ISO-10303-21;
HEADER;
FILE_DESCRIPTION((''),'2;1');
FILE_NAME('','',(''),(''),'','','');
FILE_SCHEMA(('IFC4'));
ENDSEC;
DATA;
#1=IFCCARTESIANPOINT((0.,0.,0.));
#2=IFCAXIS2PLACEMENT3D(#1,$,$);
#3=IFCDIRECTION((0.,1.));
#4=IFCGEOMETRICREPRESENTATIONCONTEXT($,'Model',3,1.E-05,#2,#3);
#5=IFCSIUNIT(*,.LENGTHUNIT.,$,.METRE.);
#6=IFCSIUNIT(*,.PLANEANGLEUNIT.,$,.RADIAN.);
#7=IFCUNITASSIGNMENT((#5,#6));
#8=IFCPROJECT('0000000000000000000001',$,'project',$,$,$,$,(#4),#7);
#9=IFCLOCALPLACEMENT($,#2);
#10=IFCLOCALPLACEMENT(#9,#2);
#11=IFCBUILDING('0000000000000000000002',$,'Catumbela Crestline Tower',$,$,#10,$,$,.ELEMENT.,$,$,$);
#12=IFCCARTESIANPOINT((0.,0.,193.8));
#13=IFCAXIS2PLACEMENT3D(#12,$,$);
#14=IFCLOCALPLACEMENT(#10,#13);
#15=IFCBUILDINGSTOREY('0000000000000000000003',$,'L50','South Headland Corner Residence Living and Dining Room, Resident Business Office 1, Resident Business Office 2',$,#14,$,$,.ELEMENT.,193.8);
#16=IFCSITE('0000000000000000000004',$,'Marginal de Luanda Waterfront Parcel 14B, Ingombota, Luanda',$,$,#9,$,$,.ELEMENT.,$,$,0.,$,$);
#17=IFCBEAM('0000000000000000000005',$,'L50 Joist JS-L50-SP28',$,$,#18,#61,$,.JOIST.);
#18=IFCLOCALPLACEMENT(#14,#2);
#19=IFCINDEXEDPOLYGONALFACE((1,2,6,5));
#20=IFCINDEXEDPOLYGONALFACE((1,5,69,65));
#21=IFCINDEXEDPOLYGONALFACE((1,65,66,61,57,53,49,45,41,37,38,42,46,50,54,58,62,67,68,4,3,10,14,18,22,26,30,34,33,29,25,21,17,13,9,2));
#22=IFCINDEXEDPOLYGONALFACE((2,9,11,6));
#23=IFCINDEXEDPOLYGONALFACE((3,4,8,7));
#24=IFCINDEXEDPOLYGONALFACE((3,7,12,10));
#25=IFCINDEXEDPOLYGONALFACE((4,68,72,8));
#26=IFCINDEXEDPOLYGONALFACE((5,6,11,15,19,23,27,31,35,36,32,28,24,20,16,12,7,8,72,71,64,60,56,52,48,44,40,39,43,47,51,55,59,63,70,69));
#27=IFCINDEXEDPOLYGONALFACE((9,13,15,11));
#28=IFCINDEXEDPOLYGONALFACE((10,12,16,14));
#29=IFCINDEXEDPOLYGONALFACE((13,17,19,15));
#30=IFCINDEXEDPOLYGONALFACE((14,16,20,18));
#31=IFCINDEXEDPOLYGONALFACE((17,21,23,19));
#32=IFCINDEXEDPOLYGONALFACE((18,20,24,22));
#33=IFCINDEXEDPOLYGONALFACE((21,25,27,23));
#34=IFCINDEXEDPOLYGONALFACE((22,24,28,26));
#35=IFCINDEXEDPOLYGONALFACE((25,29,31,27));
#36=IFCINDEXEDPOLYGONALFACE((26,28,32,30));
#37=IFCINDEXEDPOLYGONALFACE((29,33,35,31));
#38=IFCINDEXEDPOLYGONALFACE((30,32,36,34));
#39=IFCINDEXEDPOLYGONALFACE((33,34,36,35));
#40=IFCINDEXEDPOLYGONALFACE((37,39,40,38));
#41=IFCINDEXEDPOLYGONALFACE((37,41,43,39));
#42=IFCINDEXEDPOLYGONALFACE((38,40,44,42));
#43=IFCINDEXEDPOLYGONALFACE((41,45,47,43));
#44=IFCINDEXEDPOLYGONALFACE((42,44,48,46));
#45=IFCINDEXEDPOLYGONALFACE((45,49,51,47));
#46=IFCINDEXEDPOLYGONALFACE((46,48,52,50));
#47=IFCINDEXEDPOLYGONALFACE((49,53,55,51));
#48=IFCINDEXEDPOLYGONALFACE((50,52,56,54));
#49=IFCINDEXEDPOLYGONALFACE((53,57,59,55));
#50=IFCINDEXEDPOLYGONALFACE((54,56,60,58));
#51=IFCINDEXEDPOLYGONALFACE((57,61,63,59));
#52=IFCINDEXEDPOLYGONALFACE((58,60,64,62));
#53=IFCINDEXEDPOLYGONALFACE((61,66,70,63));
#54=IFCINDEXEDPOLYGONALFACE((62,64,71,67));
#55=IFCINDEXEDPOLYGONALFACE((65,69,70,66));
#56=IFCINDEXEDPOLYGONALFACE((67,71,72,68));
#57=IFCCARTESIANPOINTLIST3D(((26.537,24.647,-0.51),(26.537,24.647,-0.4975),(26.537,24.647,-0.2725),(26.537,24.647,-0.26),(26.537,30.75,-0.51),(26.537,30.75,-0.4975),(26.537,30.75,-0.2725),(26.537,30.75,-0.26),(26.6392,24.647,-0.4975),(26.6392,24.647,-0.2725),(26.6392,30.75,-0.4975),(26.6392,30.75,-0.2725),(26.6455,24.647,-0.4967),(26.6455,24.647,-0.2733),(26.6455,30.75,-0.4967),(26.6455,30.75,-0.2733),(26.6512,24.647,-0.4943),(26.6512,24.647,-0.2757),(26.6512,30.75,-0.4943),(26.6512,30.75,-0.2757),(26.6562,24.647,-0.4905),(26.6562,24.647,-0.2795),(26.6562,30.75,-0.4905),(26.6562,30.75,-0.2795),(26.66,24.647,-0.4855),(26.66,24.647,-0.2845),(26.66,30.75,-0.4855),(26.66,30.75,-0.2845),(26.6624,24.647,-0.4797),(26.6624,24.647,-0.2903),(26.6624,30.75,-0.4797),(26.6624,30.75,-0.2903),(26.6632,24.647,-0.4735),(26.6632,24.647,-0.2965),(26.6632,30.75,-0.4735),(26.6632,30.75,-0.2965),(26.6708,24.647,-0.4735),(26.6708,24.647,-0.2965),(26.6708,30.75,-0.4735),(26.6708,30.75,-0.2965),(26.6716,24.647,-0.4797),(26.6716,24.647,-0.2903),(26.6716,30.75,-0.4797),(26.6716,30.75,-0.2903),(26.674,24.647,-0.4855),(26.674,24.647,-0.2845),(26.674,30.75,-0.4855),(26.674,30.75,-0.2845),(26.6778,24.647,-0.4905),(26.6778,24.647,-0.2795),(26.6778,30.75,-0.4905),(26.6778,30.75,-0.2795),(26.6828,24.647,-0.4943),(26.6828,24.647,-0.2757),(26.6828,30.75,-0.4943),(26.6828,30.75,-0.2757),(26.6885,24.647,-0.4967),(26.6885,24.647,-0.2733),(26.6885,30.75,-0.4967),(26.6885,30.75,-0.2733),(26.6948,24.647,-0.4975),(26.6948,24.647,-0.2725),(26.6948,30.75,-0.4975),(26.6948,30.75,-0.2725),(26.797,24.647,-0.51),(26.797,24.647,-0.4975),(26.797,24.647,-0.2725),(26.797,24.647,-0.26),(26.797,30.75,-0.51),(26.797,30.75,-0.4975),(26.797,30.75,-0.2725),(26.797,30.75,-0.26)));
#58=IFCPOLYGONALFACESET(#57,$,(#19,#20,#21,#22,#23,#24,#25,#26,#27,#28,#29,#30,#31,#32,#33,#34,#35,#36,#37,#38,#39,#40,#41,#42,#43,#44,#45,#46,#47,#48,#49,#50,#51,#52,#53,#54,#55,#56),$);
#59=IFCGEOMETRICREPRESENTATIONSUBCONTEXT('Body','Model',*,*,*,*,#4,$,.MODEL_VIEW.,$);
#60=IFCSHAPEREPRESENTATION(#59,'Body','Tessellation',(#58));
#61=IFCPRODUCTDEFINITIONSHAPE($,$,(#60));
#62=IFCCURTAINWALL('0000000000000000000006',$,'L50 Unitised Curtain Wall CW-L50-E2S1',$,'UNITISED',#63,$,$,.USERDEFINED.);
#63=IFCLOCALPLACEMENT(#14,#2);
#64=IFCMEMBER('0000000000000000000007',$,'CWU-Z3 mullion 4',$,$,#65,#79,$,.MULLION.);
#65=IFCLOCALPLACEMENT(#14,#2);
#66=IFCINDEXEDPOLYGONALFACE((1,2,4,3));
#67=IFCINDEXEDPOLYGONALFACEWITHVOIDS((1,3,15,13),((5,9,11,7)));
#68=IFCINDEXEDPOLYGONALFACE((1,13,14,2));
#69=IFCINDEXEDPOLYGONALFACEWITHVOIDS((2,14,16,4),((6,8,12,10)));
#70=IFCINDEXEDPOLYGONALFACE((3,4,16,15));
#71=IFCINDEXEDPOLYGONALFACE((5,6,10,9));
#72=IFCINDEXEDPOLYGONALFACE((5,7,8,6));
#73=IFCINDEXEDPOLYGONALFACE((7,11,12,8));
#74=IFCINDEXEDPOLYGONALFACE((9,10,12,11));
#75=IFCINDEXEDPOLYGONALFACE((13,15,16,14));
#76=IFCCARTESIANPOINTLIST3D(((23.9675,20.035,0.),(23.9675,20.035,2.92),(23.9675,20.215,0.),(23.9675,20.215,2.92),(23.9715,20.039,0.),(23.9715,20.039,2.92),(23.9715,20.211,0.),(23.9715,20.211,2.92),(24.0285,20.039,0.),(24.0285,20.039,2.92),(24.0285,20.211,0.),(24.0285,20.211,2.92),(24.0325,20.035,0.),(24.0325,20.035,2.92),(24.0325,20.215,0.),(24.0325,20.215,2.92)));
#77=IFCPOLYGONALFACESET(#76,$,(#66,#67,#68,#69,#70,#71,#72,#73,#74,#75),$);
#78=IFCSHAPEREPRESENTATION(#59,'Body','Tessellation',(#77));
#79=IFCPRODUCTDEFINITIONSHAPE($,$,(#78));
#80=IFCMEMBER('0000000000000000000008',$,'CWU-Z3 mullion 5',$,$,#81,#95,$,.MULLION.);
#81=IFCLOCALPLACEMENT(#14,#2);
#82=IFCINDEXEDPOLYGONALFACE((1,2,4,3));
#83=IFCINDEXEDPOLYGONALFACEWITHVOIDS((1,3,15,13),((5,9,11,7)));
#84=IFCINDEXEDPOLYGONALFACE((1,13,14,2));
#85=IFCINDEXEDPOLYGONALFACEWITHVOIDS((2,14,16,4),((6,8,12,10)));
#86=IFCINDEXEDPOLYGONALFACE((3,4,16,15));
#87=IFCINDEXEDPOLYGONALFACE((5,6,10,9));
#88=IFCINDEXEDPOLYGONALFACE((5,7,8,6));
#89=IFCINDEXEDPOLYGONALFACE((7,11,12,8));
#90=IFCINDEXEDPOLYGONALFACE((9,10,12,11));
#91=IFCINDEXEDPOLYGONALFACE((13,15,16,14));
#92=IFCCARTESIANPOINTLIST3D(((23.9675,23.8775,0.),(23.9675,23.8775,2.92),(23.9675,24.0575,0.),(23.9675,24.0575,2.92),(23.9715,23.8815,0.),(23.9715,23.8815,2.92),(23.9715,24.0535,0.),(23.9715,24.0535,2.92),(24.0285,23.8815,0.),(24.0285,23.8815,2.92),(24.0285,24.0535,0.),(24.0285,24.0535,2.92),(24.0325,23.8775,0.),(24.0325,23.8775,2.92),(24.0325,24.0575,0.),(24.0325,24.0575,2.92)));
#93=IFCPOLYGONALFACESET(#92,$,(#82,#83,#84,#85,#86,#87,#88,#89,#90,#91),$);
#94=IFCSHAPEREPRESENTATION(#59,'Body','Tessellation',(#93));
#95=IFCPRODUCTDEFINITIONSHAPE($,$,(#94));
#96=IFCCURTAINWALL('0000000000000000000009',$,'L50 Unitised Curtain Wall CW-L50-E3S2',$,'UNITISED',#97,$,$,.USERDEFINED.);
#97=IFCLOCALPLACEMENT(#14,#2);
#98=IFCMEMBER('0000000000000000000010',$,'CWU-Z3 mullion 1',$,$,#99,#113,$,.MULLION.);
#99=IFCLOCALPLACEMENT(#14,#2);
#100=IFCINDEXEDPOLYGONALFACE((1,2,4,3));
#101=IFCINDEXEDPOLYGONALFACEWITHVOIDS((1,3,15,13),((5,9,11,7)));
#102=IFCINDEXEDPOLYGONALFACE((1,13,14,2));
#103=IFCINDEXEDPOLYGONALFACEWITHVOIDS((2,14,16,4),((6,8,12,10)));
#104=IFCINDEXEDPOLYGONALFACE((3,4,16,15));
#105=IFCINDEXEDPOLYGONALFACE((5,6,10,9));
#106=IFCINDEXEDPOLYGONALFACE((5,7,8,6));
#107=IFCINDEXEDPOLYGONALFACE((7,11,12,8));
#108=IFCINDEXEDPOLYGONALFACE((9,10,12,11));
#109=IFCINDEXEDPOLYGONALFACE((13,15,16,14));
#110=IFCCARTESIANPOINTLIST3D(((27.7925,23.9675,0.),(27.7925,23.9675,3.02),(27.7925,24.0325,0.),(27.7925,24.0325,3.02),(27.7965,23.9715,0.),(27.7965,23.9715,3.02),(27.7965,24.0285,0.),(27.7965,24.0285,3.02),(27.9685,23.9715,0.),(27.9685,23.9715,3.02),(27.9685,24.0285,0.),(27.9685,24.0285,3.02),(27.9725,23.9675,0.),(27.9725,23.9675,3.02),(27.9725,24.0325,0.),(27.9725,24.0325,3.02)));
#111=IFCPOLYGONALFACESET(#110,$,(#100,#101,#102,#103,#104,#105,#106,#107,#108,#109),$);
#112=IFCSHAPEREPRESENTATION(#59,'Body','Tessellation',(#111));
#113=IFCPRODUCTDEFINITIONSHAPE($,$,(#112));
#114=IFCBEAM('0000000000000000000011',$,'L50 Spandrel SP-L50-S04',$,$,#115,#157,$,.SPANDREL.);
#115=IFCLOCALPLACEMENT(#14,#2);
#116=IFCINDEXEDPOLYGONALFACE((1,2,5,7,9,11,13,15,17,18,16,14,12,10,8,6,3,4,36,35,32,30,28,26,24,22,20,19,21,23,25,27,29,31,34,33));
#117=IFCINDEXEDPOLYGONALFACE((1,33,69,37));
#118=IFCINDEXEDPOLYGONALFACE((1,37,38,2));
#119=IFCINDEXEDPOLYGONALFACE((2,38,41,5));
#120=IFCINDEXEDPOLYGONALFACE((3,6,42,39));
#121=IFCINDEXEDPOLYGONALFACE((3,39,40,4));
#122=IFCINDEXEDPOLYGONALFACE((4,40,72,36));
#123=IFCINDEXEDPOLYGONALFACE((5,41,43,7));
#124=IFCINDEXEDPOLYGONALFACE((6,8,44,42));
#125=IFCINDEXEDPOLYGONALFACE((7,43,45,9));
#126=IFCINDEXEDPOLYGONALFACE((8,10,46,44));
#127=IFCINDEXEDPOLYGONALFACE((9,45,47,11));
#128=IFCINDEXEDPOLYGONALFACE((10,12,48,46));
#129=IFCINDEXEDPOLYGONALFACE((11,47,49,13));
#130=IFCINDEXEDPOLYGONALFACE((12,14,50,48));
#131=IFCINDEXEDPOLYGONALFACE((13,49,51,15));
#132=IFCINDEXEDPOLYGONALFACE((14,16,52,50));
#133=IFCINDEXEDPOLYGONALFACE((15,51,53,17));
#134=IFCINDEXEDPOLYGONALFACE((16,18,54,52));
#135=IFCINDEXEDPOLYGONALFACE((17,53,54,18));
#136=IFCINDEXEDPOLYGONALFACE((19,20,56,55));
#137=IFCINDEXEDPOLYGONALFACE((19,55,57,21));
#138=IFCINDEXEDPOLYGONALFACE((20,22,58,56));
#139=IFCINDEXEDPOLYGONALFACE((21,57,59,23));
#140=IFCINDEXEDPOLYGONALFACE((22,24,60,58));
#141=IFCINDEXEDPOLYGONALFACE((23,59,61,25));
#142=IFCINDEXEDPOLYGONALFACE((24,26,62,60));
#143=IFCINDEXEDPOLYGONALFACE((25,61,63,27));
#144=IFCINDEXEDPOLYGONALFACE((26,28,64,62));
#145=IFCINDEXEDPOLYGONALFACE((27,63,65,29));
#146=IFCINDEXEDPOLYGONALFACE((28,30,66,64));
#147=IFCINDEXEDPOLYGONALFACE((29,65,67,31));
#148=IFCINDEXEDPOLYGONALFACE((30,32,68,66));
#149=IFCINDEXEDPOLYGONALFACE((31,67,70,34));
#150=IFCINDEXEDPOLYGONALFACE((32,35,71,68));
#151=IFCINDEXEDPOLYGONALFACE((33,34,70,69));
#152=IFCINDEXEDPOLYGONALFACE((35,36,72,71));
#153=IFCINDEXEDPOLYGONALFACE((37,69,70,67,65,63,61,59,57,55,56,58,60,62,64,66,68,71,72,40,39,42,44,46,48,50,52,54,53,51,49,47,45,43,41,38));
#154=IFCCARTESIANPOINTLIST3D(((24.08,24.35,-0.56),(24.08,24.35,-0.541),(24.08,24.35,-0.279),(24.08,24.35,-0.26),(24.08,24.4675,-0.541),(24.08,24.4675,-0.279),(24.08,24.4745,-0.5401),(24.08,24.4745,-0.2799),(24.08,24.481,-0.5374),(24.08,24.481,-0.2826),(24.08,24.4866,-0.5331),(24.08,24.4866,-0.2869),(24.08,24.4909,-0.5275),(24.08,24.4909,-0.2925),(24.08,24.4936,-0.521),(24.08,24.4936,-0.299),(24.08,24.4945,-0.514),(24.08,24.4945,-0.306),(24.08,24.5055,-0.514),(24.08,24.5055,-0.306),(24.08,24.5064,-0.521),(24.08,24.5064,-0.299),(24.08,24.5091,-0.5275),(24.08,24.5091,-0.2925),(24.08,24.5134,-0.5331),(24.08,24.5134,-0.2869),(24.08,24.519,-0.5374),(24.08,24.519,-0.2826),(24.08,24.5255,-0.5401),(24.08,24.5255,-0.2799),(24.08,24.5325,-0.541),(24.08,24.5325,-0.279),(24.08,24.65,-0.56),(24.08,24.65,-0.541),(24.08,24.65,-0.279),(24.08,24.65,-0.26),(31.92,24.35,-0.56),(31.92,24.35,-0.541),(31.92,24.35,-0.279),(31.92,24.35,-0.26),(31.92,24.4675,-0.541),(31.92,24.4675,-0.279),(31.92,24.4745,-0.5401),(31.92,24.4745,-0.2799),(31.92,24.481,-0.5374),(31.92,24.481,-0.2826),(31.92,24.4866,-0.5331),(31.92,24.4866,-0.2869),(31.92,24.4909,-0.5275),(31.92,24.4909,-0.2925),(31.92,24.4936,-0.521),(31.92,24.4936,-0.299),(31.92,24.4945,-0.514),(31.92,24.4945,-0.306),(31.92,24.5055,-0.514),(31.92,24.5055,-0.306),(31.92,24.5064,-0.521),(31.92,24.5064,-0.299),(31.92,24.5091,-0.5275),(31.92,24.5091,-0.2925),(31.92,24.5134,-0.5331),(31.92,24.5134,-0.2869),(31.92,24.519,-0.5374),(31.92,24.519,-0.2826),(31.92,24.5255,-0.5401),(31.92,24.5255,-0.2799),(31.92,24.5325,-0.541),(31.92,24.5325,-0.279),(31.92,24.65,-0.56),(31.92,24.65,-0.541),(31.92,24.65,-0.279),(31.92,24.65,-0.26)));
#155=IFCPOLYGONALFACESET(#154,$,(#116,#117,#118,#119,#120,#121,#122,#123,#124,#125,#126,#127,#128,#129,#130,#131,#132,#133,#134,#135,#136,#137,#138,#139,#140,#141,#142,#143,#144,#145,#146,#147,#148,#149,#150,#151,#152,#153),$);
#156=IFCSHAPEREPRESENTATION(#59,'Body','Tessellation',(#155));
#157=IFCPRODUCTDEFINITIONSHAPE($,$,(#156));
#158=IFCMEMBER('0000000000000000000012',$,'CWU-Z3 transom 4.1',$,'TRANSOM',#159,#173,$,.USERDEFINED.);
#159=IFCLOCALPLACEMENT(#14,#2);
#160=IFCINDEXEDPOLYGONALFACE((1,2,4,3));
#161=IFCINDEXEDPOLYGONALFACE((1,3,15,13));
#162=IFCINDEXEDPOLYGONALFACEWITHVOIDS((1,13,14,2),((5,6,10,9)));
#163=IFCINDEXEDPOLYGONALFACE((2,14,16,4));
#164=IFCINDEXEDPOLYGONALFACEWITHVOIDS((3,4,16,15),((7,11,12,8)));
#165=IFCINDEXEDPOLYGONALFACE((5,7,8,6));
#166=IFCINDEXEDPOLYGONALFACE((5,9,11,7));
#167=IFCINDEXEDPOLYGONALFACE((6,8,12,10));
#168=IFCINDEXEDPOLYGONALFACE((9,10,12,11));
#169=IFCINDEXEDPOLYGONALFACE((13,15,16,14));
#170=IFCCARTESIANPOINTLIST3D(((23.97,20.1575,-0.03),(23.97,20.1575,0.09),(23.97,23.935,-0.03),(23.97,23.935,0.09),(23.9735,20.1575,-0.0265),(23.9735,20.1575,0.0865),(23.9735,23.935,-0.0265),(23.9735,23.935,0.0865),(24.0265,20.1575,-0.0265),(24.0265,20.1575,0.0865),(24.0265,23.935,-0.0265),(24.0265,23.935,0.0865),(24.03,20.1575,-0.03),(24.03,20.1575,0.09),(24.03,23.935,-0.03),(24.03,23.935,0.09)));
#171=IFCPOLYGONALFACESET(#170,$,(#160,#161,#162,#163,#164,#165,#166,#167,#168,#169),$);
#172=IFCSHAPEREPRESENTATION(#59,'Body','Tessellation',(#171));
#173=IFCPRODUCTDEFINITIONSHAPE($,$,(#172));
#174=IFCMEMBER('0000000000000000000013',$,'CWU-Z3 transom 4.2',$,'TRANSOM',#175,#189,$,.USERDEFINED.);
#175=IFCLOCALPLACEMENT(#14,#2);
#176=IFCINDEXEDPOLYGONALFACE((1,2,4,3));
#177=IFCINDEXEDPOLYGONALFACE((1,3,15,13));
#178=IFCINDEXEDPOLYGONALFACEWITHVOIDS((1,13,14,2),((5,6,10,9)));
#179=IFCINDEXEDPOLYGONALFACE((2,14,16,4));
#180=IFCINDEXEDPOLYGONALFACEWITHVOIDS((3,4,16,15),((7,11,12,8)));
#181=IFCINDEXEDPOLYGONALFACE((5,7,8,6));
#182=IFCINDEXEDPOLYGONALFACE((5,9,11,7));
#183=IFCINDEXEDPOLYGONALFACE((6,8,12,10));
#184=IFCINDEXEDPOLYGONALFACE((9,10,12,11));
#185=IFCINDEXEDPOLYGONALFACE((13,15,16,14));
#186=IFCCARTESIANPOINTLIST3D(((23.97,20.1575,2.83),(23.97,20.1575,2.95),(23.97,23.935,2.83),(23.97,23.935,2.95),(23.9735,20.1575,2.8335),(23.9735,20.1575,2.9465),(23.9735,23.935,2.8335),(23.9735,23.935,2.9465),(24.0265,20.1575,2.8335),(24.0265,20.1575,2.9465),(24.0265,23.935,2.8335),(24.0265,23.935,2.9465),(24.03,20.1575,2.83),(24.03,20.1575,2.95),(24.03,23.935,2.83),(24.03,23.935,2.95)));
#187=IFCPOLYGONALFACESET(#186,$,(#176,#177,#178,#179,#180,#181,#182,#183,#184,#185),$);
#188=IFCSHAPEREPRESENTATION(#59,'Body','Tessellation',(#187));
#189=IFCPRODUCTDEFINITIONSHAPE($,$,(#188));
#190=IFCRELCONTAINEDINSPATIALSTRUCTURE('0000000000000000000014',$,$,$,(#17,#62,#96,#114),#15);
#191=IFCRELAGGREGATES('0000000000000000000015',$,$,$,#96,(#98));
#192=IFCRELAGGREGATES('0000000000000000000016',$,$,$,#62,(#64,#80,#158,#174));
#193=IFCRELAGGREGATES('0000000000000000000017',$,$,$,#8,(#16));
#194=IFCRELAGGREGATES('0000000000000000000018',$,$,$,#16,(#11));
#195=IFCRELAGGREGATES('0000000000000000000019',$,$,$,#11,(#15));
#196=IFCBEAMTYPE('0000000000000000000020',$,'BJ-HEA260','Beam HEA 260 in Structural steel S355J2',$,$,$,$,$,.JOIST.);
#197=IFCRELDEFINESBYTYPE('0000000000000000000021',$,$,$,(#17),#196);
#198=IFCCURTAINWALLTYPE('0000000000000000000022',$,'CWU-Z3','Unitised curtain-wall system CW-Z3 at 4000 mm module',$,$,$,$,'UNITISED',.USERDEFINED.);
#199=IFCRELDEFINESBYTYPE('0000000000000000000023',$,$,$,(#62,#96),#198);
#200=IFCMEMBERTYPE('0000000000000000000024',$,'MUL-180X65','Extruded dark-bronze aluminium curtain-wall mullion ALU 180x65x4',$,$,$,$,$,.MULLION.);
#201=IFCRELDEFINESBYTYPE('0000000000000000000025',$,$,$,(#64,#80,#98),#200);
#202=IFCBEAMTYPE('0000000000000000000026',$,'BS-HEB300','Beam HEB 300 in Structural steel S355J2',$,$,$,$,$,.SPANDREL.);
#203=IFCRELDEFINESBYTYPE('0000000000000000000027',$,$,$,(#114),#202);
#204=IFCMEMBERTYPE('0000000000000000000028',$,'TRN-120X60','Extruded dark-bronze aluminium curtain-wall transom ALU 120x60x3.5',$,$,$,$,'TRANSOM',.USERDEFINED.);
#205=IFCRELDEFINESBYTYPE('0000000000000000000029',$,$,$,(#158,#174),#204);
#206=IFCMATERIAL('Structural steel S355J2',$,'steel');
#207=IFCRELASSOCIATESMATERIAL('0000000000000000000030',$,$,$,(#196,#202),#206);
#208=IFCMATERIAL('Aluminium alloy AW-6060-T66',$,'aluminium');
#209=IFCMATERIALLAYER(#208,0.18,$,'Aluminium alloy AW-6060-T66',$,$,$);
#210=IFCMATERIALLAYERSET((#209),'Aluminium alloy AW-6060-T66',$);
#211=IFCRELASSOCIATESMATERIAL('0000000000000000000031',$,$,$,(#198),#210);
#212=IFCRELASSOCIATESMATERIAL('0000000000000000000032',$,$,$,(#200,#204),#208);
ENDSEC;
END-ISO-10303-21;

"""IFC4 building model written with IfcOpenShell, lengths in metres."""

from ifc_helpers import new_model, si_unit, direction, frame, origin, origin_2d, place, context, subcontext, project, spatial, hollow_rectangle, i_section, extrude, material, layer, layer_set, material_profile, profile_set, type_object, element, aggregate, save


model = new_model("IFC4")

# Units and contexts
model_context = context("Model", 3, precision=1e-05, world=origin(), true_north=direction((0.0, 1.0)))
body_context = subcontext(model_context, "Body", "Model", "MODEL_VIEW")
ifc_project = project(units=[si_unit("LENGTHUNIT", "METRE"), si_unit("PLANEANGLEUNIT", "RADIAN")], contexts=[model_context])

# Site, building, storey
site_placement = place(None, origin())
site = spatial("IfcSite", under=ifc_project, at=site_placement, Name="Marginal de Luanda Waterfront Parcel 14B, Ingombota, Luanda", CompositionType="ELEMENT", RefElevation=0.0)
building_placement = place(site_placement, origin())
building = spatial("IfcBuilding", under=site, at=building_placement, Name="Catumbela Crestline Tower", CompositionType="ELEMENT")
storey_placement = place(building_placement, frame((0.0, 0.0, 193.8)))
storey = spatial("IfcBuildingStorey", under=building, at=storey_placement, Name="L50", Description="South Headland Corner Residence Living and Dining Room, Resident Business Office 1, Resident Business Office 2", CompositionType="ELEMENT", Elevation=193.8)

# Shared definitions
ifc_material_1 = material(Name="Structural steel S355J2", Category="steel")

# Beam
ifc_material_profile_1 = material_profile(ifc_material_1, i_section(OverallWidth=0.26, OverallDepth=0.25, WebThickness=0.0075, FlangeThickness=0.0125, FilletRadius=0.024, at=origin_2d()), Name="HEA 260")
ifc_profile_set_1 = profile_set([ifc_material_profile_1], Name="Structural steel S355J2")
beam_type_1 = type_object("IfcBeamType", Name="BJ-HEA260", Description="Beam HEA 260 in Structural steel S355J2", PredefinedType="JOIST", material=ifc_profile_set_1)
for number, where, z_axis, x_axis, name in (
    (1, (26.667, 24.647, -0.385), (0.0, 1.0, 0.0), (-1.0, 0.0, 0.0), "L50 Joist JS-L50-SP28"),
):
    element("IfcBeam", number, at=place(storey_placement, frame(where, z_axis=z_axis, x_axis=x_axis)), inside=storey, type_object=beam_type_1, Name=name, PredefinedType="JOIST", context=body_context, shape_type="SweptSolid", body=[
        extrude(i_section(OverallWidth=0.26, OverallDepth=0.25, WebThickness=0.0075, FlangeThickness=0.0125, FilletRadius=0.024, at=origin_2d()), origin(), (0.0, 0.0, 1.0), 6.103),
    ])

# Curtain wall, members
ifc_material_2 = material(Name="Aluminium alloy AW-6060-T66", Category="aluminium")
ifc_layer_1 = layer(ifc_material_2, 0.18, Name="Aluminium alloy AW-6060-T66")
ifc_layer_set_1 = layer_set([ifc_layer_1], Name="Aluminium alloy AW-6060-T66")
curtain_wall_type = type_object("IfcCurtainWallType", Name="CWU-Z3", Description="Unitised curtain-wall system CW-Z3 at 4000 mm module", ElementType="UNITISED", PredefinedType="USERDEFINED", material=ifc_layer_set_1)
curtain_wall_1_placement = place(storey_placement, origin())
curtain_wall_1 = element("IfcCurtainWall", 2, at=curtain_wall_1_placement, inside=storey, type_object=curtain_wall_type, Name="L50 Unitised Curtain Wall CW-L50-E2S1", ObjectType="UNITISED", PredefinedType="USERDEFINED")
ifc_material_profile_2 = material_profile(ifc_material_2, hollow_rectangle(XDim=0.065, YDim=0.18, WallThickness=0.004, at=origin_2d()), Name="ALU 180x65x4")
ifc_profile_set_2 = profile_set([ifc_material_profile_2], Name="Aluminium alloy AW-6060-T66")
member_type_1 = type_object("IfcMemberType", Name="MUL-180X65", Description="Extruded dark-bronze aluminium curtain-wall mullion ALU 180x65x4", PredefinedType="MULLION", material=ifc_profile_set_2)
member_1_placement = place(storey_placement, frame((24.0, 20.125, 0.0), z_axis=(0.0, 0.0, 1.0), x_axis=(-1.0, 0.0, 0.0)))
member_1 = element("IfcMember", 3, at=member_1_placement, type_object=member_type_1, Name="CWU-Z3 mullion 4", PredefinedType="MULLION", context=body_context, shape_type="SweptSolid", body=[
    extrude(hollow_rectangle(XDim=0.065, YDim=0.18, WallThickness=0.004, at=origin_2d()), origin(), (0.0, 0.0, 1.0), 2.92),
])
member_2_placement = place(storey_placement, frame((24.0, 23.9675, 0.0), z_axis=(0.0, 0.0, 1.0), x_axis=(-1.0, 0.0, 0.0)))
member_2 = element("IfcMember", 4, at=member_2_placement, type_object=member_type_1, Name="CWU-Z3 mullion 5", PredefinedType="MULLION", context=body_context, shape_type="SweptSolid", body=[
    extrude(hollow_rectangle(XDim=0.065, YDim=0.18, WallThickness=0.004, at=origin_2d()), origin(), (0.0, 0.0, 1.0), 2.92),
])

# Curtain wall, member
curtain_wall_2_placement = place(storey_placement, origin())
curtain_wall_2 = element("IfcCurtainWall", 5, at=curtain_wall_2_placement, inside=storey, type_object=curtain_wall_type, Name="L50 Unitised Curtain Wall CW-L50-E3S2", ObjectType="UNITISED", PredefinedType="USERDEFINED")
member_3_placement = place(storey_placement, frame((27.8825, 24.0, 0.0), z_axis=(0.0, 0.0, 1.0), x_axis=(0.0, 1.0, 0.0)))
member_3 = element("IfcMember", 6, at=member_3_placement, type_object=member_type_1, Name="CWU-Z3 mullion 1", PredefinedType="MULLION", context=body_context, shape_type="SweptSolid", body=[
    extrude(hollow_rectangle(XDim=0.065, YDim=0.18, WallThickness=0.004, at=origin_2d()), origin(), (0.0, 0.0, 1.0), 3.02),
])

# Beam
ifc_material_profile_3 = material_profile(ifc_material_1, i_section(OverallWidth=0.3, OverallDepth=0.3, WebThickness=0.011, FlangeThickness=0.019, FilletRadius=0.027, at=origin_2d()), Name="HEB 300")
ifc_profile_set_3 = profile_set([ifc_material_profile_3], Name="Structural steel S355J2")
beam_type_2 = type_object("IfcBeamType", Name="BS-HEB300", Description="Beam HEB 300 in Structural steel S355J2", PredefinedType="SPANDREL", material=ifc_profile_set_3)
beam_1_placement = place(storey_placement, frame((24.08, 24.5, -0.41), z_axis=(1.0, 0.0, 0.0), x_axis=(0.0, 1.0, 0.0)))
element("IfcBeam", 7, at=beam_1_placement, inside=storey, type_object=beam_type_2, Name="L50 Spandrel SP-L50-S04", PredefinedType="SPANDREL", context=body_context, shape_type="SweptSolid", body=[
    extrude(i_section(OverallWidth=0.3, OverallDepth=0.3, WebThickness=0.011, FlangeThickness=0.019, FilletRadius=0.027, at=origin_2d()), origin(), (0.0, 0.0, 1.0), 7.84),
])

# Members
ifc_material_profile_4 = material_profile(ifc_material_2, hollow_rectangle(XDim=0.06, YDim=0.12, WallThickness=0.0035, at=origin_2d()), Name="ALU 120x60x3.5")
ifc_profile_set_4 = profile_set([ifc_material_profile_4], Name="Aluminium alloy AW-6060-T66")
member_type_2 = type_object("IfcMemberType", Name="TRN-120X60", Description="Extruded dark-bronze aluminium curtain-wall transom ALU 120x60x3.5", ElementType="TRANSOM", PredefinedType="USERDEFINED", material=ifc_profile_set_4)
member_4_placement = place(storey_placement, frame((24.0, 20.1575, 0.03), z_axis=(0.0, 1.0, 0.0), x_axis=(-1.0, 0.0, 0.0)))
member_4 = element("IfcMember", 8, at=member_4_placement, type_object=member_type_2, Name="CWU-Z3 transom 4.1", ObjectType="TRANSOM", PredefinedType="USERDEFINED", context=body_context, shape_type="SweptSolid", body=[
    extrude(hollow_rectangle(XDim=0.06, YDim=0.12, WallThickness=0.0035, at=origin_2d()), origin(), (0.0, 0.0, 1.0), 3.7775),
])
member_5_placement = place(storey_placement, frame((24.0, 20.1575, 2.89), z_axis=(0.0, 1.0, 0.0), x_axis=(-1.0, 0.0, 0.0)))
member_5 = element("IfcMember", 9, at=member_5_placement, type_object=member_type_2, Name="CWU-Z3 transom 4.2", ObjectType="TRANSOM", PredefinedType="USERDEFINED", context=body_context, shape_type="SweptSolid", body=[
    extrude(hollow_rectangle(XDim=0.06, YDim=0.12, WallThickness=0.0035, at=origin_2d()), origin(), (0.0, 0.0, 1.0), 3.7775),
])
aggregate(curtain_wall_2, [member_3])

aggregate(curtain_wall_1, [member_1, member_2, member_4, member_5])

save(model, "model.ifc")
